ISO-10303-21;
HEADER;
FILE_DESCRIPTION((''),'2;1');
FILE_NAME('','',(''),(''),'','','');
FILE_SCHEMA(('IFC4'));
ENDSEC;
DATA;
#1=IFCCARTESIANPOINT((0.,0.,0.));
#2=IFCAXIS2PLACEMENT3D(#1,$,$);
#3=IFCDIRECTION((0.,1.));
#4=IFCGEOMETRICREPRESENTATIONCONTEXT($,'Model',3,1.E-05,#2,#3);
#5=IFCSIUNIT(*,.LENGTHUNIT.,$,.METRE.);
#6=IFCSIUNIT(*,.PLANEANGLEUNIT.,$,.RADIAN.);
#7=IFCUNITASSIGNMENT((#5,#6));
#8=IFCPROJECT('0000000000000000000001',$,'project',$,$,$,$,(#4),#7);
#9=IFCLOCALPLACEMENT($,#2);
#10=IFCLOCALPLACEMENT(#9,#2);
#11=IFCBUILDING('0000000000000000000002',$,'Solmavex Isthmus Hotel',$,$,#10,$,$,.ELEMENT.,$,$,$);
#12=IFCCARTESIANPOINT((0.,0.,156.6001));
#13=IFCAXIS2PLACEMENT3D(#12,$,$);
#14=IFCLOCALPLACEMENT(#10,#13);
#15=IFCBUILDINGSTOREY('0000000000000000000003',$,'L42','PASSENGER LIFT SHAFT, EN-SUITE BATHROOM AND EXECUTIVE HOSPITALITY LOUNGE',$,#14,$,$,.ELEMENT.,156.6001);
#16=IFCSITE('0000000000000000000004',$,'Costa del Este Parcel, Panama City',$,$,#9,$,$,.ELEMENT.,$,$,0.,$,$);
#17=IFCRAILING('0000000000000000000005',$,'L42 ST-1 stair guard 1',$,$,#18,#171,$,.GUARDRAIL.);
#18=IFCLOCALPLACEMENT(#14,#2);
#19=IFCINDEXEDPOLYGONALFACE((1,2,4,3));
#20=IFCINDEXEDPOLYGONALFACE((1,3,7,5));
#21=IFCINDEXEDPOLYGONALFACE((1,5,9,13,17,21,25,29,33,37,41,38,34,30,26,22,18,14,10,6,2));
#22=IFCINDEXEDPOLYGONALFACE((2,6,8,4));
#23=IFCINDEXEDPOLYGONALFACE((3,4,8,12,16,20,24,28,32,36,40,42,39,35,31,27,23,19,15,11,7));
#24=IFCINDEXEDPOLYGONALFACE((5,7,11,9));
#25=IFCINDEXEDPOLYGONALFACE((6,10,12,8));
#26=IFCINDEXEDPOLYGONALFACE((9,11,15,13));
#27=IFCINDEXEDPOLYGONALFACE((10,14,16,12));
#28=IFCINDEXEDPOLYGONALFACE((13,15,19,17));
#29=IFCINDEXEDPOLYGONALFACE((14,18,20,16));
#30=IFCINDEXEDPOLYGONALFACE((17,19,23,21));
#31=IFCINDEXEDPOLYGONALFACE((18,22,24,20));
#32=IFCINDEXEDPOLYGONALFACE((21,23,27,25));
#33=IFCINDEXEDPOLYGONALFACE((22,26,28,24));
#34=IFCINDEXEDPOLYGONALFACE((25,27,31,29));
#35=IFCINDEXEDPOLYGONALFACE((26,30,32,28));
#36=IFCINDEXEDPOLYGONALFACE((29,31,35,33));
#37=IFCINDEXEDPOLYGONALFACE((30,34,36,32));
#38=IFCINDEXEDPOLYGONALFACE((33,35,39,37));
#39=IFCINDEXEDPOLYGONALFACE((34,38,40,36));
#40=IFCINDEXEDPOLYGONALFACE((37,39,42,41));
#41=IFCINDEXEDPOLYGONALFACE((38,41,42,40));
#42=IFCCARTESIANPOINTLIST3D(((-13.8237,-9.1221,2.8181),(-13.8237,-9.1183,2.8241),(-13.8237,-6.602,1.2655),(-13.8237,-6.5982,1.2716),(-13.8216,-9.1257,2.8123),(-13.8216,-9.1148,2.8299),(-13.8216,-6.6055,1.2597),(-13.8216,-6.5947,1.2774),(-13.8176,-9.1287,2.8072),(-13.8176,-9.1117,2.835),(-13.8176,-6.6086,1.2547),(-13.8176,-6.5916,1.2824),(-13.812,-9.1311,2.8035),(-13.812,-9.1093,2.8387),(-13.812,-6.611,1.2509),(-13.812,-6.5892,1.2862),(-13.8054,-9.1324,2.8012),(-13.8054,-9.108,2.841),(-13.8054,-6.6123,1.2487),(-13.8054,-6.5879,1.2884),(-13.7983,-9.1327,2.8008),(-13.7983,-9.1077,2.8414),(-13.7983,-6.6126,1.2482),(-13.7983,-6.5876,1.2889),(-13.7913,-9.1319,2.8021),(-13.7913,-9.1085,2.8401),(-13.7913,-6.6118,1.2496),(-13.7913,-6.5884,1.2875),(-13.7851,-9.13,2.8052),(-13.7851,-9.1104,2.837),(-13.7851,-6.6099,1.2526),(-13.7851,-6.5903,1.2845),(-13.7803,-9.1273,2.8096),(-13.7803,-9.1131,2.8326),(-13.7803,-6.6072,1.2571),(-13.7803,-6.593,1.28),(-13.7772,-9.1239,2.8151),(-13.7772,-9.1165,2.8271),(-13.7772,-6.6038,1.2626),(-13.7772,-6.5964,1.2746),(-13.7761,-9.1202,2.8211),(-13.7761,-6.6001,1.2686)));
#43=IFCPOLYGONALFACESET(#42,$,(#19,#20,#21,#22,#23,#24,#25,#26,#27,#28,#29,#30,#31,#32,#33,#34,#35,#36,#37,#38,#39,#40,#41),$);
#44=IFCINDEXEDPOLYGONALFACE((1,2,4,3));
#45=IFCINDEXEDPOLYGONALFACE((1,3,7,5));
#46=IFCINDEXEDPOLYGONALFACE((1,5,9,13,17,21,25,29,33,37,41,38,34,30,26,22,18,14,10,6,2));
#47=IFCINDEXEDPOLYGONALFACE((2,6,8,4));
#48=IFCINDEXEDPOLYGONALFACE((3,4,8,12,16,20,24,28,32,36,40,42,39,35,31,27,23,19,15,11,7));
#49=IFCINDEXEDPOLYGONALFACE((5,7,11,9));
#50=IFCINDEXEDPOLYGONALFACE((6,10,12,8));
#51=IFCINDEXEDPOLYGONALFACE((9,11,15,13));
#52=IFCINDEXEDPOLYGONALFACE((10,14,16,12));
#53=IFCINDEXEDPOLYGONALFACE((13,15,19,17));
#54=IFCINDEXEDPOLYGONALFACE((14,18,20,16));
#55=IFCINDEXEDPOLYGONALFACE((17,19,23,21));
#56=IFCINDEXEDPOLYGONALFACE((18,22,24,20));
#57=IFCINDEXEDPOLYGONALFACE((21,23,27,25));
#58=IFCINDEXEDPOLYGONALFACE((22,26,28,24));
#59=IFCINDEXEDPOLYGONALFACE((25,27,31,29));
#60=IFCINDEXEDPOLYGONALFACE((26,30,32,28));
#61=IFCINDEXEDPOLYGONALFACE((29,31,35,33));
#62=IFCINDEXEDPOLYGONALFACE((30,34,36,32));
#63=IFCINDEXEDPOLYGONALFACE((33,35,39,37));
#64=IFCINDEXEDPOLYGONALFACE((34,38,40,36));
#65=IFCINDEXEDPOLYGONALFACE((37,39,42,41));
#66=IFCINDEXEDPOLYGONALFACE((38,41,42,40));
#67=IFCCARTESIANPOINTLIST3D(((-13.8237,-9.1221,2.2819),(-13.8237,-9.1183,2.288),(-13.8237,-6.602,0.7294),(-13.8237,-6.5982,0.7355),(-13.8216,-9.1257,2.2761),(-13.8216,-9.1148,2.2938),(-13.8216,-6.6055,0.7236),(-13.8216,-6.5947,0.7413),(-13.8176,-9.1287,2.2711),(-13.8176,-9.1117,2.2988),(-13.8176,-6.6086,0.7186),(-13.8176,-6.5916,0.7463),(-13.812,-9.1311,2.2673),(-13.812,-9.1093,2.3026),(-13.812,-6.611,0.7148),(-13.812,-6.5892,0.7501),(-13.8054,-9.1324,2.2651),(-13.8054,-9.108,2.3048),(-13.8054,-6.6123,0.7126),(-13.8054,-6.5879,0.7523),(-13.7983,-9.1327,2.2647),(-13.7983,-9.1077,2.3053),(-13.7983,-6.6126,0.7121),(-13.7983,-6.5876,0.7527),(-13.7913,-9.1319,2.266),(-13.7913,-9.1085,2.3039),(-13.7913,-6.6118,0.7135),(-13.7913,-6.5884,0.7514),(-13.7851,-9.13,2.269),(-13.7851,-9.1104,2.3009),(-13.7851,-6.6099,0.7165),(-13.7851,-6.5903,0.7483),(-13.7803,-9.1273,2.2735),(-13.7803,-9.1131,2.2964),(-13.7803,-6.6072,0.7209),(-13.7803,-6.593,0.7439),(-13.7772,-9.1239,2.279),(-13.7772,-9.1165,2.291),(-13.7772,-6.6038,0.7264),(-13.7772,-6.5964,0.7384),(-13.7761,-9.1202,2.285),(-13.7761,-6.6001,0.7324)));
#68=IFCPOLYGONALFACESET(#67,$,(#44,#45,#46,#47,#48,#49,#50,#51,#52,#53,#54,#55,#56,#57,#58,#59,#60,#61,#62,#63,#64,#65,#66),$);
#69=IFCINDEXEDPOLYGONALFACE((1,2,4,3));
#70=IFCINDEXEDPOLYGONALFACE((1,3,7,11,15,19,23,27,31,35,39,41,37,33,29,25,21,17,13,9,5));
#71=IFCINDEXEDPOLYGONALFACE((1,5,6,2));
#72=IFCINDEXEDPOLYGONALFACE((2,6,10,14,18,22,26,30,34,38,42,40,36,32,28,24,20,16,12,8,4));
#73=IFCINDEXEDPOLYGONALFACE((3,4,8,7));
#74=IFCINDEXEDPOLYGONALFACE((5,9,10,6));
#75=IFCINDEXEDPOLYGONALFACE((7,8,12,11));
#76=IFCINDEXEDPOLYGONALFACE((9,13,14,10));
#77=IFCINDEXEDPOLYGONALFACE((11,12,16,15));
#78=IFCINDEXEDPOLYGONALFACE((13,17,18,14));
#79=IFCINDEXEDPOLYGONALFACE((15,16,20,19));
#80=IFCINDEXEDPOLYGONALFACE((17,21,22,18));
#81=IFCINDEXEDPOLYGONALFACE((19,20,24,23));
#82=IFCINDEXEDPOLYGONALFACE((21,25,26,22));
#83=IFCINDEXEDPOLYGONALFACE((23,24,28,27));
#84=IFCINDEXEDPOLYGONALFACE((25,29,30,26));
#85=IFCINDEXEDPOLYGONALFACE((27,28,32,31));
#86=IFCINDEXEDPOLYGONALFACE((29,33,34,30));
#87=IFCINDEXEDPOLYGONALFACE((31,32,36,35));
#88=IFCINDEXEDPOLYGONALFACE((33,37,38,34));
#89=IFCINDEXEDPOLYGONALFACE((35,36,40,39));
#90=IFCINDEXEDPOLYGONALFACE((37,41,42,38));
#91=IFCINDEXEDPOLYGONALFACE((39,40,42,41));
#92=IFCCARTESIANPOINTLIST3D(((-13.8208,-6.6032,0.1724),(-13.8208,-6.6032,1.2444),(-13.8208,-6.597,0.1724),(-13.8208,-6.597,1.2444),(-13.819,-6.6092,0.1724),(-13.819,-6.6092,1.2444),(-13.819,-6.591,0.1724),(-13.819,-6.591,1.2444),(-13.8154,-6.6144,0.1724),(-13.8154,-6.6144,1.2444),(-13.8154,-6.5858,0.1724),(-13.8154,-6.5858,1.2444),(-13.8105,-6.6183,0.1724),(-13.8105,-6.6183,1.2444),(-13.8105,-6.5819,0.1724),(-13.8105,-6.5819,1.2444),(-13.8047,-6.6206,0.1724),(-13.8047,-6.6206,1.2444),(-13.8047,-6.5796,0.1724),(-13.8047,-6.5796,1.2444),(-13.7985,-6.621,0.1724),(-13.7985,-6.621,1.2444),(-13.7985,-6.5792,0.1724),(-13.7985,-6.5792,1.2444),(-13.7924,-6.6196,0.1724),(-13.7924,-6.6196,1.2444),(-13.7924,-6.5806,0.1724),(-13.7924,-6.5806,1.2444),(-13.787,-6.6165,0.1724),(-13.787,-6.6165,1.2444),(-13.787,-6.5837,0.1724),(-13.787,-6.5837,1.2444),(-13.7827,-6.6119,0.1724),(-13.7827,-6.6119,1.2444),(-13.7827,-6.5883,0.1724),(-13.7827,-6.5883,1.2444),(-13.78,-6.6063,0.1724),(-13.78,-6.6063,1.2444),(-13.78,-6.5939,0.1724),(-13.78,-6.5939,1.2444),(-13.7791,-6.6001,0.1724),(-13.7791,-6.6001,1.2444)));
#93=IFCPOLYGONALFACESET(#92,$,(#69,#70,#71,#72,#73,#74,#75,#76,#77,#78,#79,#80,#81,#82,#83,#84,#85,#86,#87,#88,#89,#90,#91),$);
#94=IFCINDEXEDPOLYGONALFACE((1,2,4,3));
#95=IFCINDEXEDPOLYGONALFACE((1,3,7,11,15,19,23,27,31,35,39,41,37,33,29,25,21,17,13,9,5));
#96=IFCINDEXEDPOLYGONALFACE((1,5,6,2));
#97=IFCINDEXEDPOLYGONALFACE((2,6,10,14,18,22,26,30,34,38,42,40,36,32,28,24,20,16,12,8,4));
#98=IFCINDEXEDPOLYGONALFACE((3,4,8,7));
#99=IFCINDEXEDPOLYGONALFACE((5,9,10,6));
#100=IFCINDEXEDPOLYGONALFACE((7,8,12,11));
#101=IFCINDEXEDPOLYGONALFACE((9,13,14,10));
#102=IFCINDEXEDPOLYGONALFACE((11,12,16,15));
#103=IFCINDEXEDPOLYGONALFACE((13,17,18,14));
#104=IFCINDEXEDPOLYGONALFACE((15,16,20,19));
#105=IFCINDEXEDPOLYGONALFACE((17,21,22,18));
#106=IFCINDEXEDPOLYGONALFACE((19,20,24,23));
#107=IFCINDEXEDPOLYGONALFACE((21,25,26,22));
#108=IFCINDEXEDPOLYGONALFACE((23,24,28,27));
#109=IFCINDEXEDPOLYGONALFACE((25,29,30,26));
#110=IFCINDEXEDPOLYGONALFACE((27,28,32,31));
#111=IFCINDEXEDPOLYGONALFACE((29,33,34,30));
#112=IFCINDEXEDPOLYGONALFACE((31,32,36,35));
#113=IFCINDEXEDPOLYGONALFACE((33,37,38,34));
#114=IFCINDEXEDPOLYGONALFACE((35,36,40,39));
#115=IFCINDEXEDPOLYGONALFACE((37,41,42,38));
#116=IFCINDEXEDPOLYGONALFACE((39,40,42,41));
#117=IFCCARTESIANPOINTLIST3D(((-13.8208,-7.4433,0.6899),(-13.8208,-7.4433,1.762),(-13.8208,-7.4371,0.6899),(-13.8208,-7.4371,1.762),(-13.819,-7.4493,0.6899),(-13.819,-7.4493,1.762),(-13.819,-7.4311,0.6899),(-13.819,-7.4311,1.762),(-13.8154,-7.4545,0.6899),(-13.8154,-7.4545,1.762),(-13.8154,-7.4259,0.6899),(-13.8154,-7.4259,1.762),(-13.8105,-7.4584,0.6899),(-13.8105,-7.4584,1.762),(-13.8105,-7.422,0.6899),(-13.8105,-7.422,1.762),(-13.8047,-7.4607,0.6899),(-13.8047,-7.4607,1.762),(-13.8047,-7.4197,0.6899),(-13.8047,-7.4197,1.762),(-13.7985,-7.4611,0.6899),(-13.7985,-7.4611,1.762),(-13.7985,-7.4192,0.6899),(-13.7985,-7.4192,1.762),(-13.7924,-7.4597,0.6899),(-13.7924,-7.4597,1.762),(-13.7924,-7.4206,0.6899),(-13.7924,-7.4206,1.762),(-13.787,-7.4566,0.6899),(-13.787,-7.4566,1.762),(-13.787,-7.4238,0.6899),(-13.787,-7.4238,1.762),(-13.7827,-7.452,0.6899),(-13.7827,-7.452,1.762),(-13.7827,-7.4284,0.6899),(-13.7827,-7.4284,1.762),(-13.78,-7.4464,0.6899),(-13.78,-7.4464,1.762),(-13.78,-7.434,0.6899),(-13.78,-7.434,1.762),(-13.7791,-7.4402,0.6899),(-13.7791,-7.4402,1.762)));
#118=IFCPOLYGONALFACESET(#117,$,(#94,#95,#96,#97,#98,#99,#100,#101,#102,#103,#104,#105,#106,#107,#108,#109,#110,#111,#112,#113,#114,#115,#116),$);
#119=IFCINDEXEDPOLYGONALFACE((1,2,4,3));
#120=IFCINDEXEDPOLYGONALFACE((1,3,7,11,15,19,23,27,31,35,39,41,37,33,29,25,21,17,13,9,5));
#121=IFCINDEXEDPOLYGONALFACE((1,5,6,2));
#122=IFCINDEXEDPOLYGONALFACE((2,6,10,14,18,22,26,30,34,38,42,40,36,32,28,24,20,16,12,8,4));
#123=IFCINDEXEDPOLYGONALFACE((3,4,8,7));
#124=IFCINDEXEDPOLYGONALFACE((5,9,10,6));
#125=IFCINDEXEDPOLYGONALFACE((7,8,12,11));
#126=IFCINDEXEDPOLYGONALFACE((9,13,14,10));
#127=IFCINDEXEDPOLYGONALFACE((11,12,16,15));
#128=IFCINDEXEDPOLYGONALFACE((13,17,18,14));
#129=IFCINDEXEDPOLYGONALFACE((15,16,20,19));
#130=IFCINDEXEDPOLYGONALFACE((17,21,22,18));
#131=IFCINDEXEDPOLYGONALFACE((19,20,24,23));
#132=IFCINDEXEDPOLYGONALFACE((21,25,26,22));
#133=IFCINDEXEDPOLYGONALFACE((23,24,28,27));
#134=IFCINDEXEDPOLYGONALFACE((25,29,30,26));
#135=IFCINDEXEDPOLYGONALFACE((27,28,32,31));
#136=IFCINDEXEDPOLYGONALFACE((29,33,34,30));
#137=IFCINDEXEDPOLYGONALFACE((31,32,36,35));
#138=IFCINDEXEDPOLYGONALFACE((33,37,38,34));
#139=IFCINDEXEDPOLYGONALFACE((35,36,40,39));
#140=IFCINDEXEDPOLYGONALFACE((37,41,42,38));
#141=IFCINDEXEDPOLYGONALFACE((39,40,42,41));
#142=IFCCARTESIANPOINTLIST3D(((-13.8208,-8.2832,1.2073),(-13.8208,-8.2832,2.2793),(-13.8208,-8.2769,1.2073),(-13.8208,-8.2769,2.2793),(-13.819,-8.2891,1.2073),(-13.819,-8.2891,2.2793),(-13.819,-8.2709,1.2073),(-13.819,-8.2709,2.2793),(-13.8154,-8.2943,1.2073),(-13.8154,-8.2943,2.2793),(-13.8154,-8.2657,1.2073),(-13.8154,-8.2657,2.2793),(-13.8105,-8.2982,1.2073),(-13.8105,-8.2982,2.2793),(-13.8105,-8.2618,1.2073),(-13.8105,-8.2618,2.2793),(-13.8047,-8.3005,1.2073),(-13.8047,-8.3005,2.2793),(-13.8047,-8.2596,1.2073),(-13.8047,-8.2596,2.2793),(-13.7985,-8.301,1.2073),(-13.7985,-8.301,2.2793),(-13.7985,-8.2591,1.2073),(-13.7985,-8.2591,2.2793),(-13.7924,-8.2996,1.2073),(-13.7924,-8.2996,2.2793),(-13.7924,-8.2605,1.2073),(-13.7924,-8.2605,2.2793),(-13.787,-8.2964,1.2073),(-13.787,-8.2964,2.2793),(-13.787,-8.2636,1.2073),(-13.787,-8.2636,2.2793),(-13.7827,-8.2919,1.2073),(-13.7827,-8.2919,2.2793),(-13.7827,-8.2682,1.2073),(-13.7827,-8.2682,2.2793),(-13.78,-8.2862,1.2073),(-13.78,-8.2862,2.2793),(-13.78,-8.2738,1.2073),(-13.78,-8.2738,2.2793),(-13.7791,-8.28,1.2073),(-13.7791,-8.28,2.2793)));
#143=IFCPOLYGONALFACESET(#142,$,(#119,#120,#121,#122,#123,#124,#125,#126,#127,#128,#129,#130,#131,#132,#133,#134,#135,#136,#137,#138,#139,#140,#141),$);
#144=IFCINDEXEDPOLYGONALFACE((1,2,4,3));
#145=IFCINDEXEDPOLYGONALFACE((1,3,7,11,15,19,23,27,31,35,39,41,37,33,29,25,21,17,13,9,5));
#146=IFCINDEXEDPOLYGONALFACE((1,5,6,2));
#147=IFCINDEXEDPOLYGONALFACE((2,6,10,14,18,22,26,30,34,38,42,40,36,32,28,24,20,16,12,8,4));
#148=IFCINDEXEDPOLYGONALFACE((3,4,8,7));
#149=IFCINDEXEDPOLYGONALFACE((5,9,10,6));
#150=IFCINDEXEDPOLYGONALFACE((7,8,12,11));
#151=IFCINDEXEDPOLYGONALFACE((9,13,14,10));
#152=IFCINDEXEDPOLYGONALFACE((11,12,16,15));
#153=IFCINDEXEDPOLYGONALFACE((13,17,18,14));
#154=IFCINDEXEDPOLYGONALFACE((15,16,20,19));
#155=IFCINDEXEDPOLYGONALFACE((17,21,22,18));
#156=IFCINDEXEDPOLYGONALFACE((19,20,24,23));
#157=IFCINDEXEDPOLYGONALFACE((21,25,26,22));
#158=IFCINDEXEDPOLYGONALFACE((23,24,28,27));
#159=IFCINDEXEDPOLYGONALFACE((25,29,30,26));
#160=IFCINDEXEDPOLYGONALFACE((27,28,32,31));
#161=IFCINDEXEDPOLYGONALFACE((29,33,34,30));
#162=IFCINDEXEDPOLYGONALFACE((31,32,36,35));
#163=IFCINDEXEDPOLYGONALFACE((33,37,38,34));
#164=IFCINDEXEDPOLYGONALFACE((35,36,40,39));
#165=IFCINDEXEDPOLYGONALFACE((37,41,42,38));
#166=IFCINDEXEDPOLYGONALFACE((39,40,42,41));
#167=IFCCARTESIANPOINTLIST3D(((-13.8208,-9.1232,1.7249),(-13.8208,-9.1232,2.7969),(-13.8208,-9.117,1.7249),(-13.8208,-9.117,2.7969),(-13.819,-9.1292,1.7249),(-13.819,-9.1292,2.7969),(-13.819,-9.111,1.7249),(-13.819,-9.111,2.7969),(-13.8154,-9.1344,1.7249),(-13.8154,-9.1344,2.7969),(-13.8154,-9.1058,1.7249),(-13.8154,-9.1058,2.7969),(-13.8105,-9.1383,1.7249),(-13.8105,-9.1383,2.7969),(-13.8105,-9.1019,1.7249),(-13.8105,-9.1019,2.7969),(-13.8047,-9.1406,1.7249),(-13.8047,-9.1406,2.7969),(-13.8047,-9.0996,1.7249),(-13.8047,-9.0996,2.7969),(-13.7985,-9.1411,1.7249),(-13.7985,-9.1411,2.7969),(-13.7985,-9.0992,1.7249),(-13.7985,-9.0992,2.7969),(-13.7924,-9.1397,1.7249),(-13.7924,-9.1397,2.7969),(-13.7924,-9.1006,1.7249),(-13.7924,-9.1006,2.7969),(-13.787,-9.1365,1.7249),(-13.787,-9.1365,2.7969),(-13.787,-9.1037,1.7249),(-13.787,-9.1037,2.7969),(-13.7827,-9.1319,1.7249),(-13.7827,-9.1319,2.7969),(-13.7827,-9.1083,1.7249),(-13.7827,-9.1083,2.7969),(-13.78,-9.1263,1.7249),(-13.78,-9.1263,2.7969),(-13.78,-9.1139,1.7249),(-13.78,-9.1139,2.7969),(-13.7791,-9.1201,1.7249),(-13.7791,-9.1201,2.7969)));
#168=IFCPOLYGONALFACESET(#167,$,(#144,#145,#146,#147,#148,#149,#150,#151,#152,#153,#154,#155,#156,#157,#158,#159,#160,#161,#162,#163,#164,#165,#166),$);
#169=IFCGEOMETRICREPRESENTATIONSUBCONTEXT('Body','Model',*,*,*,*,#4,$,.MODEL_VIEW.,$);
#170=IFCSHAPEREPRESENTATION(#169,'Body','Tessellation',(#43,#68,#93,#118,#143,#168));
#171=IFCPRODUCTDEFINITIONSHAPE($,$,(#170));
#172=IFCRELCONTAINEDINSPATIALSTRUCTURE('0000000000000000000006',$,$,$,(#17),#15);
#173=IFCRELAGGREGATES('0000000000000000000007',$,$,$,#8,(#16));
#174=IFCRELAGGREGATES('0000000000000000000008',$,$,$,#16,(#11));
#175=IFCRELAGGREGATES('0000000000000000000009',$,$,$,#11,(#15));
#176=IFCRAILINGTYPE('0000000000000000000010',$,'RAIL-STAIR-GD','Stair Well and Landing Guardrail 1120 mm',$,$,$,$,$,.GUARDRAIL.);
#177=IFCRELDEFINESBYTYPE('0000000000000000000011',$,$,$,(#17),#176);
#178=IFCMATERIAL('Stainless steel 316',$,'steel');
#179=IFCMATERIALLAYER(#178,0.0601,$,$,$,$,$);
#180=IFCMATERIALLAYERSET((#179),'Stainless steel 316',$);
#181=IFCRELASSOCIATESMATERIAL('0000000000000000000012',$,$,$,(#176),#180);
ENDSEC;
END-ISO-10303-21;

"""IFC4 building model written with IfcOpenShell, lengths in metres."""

from ifc_helpers import new_model, si_unit, direction, frame, origin, origin_2d, place, context, subcontext, project, spatial, circle, extrude, material, layer, layer_set, type_object, element, save


model = new_model("IFC4")

# Units and contexts
model_context = context("Model", 3, precision=1e-05, world=origin(), true_north=direction((0.0, 1.0)))
body_context = subcontext(model_context, "Body", "Model", "MODEL_VIEW")
ifc_project = project(units=[si_unit("LENGTHUNIT", "METRE"), si_unit("PLANEANGLEUNIT", "RADIAN")], contexts=[model_context])

# Site, building, storey
site_placement = place(None, origin())
site = spatial("IfcSite", under=ifc_project, at=site_placement, Name="Costa del Este Parcel, Panama City", CompositionType="ELEMENT", RefElevation=0.0)
building_placement = place(site_placement, origin())
building = spatial("IfcBuilding", under=site, at=building_placement, Name="Solmavex Isthmus Hotel", CompositionType="ELEMENT")
storey_placement = place(building_placement, frame((0.0, 0.0, 156.6001)))
storey = spatial("IfcBuildingStorey", under=building, at=storey_placement, Name="L42", Description="PASSENGER LIFT SHAFT, EN-SUITE BATHROOM AND EXECUTIVE HOSPITALITY LOUNGE", CompositionType="ELEMENT", Elevation=156.6001)

# Shared definitions
ifc_material_1 = material(Name="Stainless steel 316", Category="steel")

# Railing
ifc_layer_1 = layer(ifc_material_1, 0.0601)
ifc_layer_set_1 = layer_set([ifc_layer_1], Name="Stainless steel 316")
railing_type_1 = type_object("IfcRailingType", Name="RAIL-STAIR-GD", Description="Stair Well and Landing Guardrail 1120 mm", PredefinedType="GUARDRAIL", material=ifc_layer_set_1)
railing_1_placement = place(storey_placement, frame((-13.8, -6.6001, 0.1724)))
element("IfcRailing", 1, at=railing_1_placement, inside=storey, type_object=railing_type_1, Name="L42 ST-1 stair guard 1", PredefinedType="GUARDRAIL", context=body_context, shape_type="SweptSolid", body=[
    extrude(circle(Radius=0.0239, at=origin_2d()), frame((0.0, 0.0, 1.0962), z_axis=(0.0, -0.8514, 0.524516), x_axis=(1.0, 0.0, 0.0)), (0.0, 0.0, 1.0), 2.96),
    extrude(circle(Radius=0.0239, at=origin_2d()), frame((0.0, 0.0, 0.5601), z_axis=(0.0, -0.8514, 0.524516), x_axis=(1.0, 0.0, 0.0)), (0.0, 0.0, 1.0), 2.96),
    extrude(circle(Radius=0.021, at=origin_2d()), origin(), (0.0, 0.0, 1.0), 1.072),
    extrude(circle(Radius=0.021, at=origin_2d()), frame((0.0, -0.8401, 0.5176)), (0.0, 0.0, 1.0), 1.072),
    extrude(circle(Radius=0.021, at=origin_2d()), frame((0.0, -1.6799, 1.0349)), (0.0, 0.0, 1.0), 1.072),
    extrude(circle(Radius=0.021, at=origin_2d()), frame((0.0, -2.52, 1.5525)), (0.0, 0.0, 1.0), 1.072),
])

save(model, "model.ifc")
